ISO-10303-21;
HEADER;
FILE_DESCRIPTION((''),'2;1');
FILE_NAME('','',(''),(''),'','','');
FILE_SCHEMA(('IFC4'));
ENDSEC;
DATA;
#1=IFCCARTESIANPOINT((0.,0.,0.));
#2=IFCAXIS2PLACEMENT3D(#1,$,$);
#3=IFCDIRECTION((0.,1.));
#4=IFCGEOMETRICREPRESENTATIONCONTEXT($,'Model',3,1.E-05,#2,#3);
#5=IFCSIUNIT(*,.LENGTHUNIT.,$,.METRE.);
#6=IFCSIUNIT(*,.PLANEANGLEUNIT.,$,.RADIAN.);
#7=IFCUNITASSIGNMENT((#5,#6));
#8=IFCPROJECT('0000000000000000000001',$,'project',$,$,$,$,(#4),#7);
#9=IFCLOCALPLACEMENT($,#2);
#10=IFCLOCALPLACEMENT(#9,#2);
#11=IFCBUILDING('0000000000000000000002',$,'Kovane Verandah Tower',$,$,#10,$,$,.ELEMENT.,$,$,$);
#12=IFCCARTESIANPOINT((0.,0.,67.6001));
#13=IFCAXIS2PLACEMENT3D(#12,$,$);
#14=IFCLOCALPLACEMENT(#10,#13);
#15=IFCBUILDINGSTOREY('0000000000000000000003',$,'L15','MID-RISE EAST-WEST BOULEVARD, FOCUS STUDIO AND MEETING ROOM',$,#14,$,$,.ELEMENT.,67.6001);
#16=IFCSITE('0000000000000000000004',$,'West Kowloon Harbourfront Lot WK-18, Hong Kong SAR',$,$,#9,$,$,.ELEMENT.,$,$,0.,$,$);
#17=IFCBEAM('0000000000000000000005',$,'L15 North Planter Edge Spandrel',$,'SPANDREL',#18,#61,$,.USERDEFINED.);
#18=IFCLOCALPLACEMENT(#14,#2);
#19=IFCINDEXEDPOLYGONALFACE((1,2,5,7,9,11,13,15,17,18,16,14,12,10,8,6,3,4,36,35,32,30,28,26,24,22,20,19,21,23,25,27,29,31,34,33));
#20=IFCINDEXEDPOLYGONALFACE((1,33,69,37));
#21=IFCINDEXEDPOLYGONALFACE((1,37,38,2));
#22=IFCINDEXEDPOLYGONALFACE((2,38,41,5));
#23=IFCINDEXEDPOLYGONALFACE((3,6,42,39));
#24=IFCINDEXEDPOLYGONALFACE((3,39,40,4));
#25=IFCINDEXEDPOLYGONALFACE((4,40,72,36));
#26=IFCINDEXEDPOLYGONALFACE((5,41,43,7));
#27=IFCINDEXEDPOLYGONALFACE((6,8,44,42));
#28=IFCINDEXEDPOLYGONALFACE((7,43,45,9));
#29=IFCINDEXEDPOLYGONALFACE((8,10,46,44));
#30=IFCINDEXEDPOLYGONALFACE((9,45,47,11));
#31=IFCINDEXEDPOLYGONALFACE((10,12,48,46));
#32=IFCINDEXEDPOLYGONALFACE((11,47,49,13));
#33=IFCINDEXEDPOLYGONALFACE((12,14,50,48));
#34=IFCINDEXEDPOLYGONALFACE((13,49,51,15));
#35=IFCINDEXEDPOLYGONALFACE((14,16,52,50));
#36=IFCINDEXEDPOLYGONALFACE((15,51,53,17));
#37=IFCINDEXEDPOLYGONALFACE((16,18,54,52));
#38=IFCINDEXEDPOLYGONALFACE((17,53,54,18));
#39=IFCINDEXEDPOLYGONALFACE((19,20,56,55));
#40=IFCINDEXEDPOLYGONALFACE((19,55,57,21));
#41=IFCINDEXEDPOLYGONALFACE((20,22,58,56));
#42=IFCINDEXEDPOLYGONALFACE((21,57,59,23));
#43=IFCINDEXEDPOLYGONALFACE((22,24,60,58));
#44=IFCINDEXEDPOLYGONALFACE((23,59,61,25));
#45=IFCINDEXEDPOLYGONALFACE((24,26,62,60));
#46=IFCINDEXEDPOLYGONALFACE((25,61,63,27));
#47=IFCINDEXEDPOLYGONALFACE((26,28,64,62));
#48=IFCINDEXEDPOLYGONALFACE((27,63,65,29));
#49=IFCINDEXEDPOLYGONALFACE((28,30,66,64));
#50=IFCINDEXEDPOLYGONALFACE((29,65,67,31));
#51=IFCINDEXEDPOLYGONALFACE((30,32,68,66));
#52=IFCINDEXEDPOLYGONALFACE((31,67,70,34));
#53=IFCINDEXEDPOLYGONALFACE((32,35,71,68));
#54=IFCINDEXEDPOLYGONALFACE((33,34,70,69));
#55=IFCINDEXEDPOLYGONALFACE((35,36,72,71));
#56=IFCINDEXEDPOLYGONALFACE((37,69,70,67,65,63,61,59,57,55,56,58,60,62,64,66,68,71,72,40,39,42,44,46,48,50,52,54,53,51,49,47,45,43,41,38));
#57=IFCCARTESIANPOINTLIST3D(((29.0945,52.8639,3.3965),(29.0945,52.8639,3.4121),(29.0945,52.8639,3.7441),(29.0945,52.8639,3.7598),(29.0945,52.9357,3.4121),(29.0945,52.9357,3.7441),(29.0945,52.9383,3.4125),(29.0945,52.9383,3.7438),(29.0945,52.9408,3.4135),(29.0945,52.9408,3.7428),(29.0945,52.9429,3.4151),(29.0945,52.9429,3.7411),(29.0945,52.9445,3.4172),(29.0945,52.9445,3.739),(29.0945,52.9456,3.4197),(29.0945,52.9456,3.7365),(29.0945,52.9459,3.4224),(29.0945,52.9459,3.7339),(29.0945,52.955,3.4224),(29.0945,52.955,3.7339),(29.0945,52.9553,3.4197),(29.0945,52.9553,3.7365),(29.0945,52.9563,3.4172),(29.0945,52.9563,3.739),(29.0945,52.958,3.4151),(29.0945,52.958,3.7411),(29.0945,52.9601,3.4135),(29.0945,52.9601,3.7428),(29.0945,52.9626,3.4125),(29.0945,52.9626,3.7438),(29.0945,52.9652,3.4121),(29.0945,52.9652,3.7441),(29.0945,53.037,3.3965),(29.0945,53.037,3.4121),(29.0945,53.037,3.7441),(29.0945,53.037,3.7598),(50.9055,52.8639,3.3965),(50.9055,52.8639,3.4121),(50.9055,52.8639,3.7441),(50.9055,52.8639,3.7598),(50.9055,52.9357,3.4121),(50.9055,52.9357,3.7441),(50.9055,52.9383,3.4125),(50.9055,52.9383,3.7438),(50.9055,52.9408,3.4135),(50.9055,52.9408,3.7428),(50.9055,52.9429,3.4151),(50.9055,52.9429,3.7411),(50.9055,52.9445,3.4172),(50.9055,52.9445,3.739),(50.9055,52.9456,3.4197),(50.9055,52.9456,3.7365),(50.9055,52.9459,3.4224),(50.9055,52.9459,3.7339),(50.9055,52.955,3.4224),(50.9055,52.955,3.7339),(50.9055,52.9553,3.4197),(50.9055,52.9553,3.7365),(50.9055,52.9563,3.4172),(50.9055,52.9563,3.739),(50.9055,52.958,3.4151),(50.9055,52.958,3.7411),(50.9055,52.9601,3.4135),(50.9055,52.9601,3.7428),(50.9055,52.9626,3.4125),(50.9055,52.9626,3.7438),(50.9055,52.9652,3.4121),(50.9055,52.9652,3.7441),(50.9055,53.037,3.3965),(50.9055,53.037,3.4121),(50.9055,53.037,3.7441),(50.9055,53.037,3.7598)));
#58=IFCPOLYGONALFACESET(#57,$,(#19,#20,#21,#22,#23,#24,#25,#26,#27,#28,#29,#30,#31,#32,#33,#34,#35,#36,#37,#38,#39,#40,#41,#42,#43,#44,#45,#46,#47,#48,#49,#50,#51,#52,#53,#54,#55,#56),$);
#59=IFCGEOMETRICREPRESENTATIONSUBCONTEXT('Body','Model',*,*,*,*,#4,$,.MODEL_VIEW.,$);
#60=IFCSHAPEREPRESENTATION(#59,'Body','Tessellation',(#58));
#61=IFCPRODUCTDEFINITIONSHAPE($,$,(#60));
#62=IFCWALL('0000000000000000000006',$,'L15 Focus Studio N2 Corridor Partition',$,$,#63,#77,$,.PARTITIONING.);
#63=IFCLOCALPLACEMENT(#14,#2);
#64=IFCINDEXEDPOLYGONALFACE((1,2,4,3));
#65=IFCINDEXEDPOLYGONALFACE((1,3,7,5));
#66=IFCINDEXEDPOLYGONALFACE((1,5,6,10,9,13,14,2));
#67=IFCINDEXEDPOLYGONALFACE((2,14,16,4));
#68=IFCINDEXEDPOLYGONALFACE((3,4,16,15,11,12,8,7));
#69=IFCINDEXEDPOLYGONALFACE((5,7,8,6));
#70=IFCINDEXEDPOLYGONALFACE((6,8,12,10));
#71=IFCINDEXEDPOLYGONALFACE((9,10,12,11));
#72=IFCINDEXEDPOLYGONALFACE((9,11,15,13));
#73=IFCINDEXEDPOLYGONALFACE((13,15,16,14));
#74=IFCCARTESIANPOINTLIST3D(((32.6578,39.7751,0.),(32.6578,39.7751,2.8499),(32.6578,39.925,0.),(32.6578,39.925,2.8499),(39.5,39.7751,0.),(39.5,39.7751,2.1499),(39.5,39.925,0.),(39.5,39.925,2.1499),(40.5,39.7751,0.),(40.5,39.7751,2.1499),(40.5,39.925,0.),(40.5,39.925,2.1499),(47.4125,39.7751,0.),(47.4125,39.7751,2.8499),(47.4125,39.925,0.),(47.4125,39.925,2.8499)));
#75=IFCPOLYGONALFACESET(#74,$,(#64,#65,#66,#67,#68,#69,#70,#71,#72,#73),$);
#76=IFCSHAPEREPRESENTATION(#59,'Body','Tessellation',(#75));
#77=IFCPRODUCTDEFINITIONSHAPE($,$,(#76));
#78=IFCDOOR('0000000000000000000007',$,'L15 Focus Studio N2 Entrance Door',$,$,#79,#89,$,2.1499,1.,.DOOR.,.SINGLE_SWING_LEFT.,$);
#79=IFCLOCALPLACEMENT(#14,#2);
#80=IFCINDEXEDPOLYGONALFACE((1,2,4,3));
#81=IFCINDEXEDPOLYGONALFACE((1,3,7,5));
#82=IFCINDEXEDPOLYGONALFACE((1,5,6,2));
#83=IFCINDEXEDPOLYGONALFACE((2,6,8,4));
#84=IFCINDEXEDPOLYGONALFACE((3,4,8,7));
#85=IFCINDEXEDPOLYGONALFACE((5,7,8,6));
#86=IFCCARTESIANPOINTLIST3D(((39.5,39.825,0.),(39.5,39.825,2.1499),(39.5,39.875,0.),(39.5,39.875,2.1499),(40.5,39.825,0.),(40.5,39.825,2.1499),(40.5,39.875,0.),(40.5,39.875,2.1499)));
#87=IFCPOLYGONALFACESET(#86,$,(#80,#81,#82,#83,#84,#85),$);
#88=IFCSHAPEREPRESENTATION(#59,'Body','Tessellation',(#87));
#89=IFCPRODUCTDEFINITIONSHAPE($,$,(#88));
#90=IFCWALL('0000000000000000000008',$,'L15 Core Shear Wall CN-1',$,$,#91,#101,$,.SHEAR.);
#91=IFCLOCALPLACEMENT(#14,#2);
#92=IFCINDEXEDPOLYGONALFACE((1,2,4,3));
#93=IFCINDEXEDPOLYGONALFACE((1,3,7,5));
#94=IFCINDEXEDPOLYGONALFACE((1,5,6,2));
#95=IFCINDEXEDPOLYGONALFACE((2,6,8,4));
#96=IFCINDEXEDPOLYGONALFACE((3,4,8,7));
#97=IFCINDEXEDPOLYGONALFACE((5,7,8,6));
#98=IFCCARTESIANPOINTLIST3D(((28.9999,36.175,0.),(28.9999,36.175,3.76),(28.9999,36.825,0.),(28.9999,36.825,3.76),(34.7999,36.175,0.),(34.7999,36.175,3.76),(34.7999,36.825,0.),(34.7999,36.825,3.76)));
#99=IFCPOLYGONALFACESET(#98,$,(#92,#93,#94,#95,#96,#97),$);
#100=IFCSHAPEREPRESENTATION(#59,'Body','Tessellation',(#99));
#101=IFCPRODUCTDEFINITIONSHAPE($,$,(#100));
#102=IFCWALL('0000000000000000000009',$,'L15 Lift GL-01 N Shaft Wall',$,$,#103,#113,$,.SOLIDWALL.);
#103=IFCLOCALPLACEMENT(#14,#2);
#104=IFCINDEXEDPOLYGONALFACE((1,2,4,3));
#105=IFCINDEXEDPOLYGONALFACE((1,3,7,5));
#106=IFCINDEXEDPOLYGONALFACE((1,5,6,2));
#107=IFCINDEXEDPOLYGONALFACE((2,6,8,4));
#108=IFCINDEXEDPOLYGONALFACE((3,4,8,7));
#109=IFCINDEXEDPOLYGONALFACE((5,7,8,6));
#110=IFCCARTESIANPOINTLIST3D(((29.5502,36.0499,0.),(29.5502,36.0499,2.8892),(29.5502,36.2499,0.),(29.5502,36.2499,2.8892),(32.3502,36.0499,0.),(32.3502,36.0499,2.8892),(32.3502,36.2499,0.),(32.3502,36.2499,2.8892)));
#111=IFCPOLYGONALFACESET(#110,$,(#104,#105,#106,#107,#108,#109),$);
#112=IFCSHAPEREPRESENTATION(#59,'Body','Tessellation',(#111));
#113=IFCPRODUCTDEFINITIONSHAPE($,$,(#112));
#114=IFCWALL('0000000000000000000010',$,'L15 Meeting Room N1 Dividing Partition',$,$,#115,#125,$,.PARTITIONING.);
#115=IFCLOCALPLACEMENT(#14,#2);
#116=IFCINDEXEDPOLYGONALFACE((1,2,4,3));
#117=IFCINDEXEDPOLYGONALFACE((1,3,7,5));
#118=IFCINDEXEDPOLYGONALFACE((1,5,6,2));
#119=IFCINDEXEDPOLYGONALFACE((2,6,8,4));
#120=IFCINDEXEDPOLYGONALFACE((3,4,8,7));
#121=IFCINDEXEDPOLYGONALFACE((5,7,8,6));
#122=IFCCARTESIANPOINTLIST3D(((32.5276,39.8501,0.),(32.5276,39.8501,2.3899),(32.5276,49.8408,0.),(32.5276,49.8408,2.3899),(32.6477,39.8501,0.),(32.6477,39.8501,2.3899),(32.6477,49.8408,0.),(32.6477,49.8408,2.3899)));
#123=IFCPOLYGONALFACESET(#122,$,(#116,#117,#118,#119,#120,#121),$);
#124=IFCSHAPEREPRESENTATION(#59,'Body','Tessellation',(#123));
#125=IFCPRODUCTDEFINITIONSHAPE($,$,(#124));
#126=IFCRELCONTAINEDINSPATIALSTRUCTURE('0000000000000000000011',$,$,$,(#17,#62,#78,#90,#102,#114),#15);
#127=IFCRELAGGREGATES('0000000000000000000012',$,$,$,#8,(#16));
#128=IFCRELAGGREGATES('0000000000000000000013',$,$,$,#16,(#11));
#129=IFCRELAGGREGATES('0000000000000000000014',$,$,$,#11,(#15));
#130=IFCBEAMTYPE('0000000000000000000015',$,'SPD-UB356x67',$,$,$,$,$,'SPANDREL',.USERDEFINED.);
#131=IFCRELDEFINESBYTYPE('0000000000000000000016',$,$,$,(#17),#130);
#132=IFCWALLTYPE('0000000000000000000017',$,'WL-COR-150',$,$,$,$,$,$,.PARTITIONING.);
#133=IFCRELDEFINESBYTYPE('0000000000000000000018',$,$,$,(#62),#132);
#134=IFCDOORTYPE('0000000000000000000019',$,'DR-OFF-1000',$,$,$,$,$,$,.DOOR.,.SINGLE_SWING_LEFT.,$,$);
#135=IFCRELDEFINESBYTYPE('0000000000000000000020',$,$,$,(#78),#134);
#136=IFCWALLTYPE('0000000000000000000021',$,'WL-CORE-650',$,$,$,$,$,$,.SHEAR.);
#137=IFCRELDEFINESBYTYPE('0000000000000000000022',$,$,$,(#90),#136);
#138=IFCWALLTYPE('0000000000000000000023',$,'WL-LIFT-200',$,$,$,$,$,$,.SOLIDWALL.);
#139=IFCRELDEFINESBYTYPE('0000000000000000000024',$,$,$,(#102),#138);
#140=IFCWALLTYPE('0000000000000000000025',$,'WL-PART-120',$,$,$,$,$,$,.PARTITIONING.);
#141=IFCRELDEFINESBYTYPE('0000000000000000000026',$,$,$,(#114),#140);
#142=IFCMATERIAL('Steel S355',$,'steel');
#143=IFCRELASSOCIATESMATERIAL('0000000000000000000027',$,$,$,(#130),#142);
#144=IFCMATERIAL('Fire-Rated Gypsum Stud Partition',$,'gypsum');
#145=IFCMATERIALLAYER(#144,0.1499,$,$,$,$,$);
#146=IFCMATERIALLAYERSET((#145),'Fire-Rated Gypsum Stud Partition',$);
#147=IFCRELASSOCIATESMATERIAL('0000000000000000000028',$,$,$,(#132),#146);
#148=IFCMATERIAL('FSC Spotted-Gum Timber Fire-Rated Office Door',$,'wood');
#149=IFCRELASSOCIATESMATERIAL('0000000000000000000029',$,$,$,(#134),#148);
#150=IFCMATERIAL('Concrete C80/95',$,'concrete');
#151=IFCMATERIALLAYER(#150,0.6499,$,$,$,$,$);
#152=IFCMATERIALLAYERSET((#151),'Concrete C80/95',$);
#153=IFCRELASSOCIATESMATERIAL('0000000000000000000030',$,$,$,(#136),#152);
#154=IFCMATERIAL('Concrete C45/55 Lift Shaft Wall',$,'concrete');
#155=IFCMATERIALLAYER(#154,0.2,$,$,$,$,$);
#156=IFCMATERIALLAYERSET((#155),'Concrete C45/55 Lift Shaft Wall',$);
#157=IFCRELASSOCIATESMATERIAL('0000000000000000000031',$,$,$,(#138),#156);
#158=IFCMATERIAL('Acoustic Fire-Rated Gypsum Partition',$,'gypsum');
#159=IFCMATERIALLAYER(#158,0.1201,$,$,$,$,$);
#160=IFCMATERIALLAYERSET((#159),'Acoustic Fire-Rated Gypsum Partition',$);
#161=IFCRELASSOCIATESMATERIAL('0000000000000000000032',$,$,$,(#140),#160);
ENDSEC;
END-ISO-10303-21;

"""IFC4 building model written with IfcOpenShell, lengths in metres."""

from ifc_helpers import new_model, si_unit, direction, frame, frame_2d, origin, origin_2d, place, context, subcontext, project, spatial, rectangle, i_section, extrude, material, layer, layer_set, material_profile, profile_set, type_object, element, fill, save


model = new_model("IFC4")

# Units and contexts
model_context = context("Model", 3, precision=1e-05, world=origin(), true_north=direction((0.0, 1.0)))
body_context = subcontext(model_context, "Body", "Model", "MODEL_VIEW")
ifc_project = project(units=[si_unit("LENGTHUNIT", "METRE"), si_unit("PLANEANGLEUNIT", "RADIAN")], contexts=[model_context])

# Site, building, storey
site_placement = place(None, origin())
site = spatial("IfcSite", under=ifc_project, at=site_placement, Name="West Kowloon Harbourfront Lot WK-18, Hong Kong SAR", CompositionType="ELEMENT", RefElevation=0.0)
building_placement = place(site_placement, origin())
building = spatial("IfcBuilding", under=site, at=building_placement, Name="Kovane Verandah Tower", CompositionType="ELEMENT")
storey_placement = place(building_placement, frame((0.0, 0.0, 67.6001)))
storey = spatial("IfcBuildingStorey", under=building, at=storey_placement, Name="L15", Description="MID-RISE EAST-WEST BOULEVARD, FOCUS STUDIO AND MEETING ROOM", CompositionType="ELEMENT", Elevation=67.6001)

# Shared definitions
ifc_material_1 = material(Name="Concrete C80/95", Category="concrete")

# Beam
ifc_material_2 = material(Name="Steel S355", Category="steel")
ifc_material_profile_1 = material_profile(ifc_material_2, i_section(OverallWidth=0.1731, OverallDepth=0.3633, WebThickness=0.009, FlangeThickness=0.0156, FilletRadius=0.0103, at=origin_2d()), Name="UB356x171x67")
ifc_profile_set_1 = profile_set([ifc_material_profile_1], Name="Steel S355")
beam_type_1 = type_object("IfcBeamType", Name="SPD-UB356x67", ElementType="SPANDREL", PredefinedType="USERDEFINED", material=ifc_profile_set_1)
beam_1_placement = place(storey_placement, frame((29.0945, 52.9504, 3.5781), z_axis=(1.0, 0.0, 0.0), x_axis=(0.0, 1.0, 0.0)))
element("IfcBeam", 1, at=beam_1_placement, inside=storey, type_object=beam_type_1, Name="L15 North Planter Edge Spandrel", ObjectType="SPANDREL", PredefinedType="USERDEFINED", context=body_context, shape_type="SweptSolid", body=[
    extrude(i_section(OverallWidth=0.1731, OverallDepth=0.3633, WebThickness=0.009, FlangeThickness=0.0156, FilletRadius=0.0103, at=origin_2d()), origin(), (0.0, 0.0, 1.0), 21.811),
])

# Wall, opening, door
ifc_material_3 = material(Name="Fire-Rated Gypsum Stud Partition", Category="gypsum")
ifc_layer_1 = layer(ifc_material_3, 0.1499)
ifc_layer_set_1 = layer_set([ifc_layer_1], Name="Fire-Rated Gypsum Stud Partition")
wall_type_1 = type_object("IfcWallType", Name="WL-COR-150", PredefinedType="PARTITIONING", material=ifc_layer_set_1)
wall_1_placement = place(storey_placement, frame((32.6577, 39.8501, 0.0), z_axis=(0.0, 0.0, 1.0), x_axis=(1.0, 0.0, 0.0)))
wall_1 = element("IfcWall", 2, at=wall_1_placement, inside=storey, type_object=wall_type_1, Name="L15 Focus Studio N2 Corridor Partition", PredefinedType="PARTITIONING", context=body_context, shape_type="SweptSolid", body=[
    extrude(rectangle(XDim=14.7546, YDim=0.1499, at=frame_2d((7.3774, 0.0))), origin(), (0.0, 0.0, 1.0), 2.8499),
])
opening_placement = place(wall_1_placement, frame((6.8423, 0.0, 0.0)))
opening = element("IfcOpeningElement", 3, at=opening_placement, cuts=wall_1, PredefinedType="OPENING", context=body_context, shape_type="SweptSolid", body=[
    extrude(rectangle(XDim=1.0, YDim=2.1499, at=frame_2d((0.5, 1.075))), frame((0.0, 0.075, 0.0), z_axis=(0.0, -1.0, 0.0), x_axis=(1.0, 0.0, 0.0)), (0.0, 0.0, 1.0), 0.1499),
])
ifc_material_4 = material(Name="FSC Spotted-Gum Timber Fire-Rated Office Door", Category="wood")
door_type = type_object("IfcDoorType", Name="DR-OFF-1000", OperationType="SINGLE_SWING_LEFT", PredefinedType="DOOR", material=ifc_material_4)
door_placement = place(opening_placement, origin())
door = element("IfcDoor", 4, at=door_placement, inside=storey, type_object=door_type, Name="L15 Focus Studio N2 Entrance Door", OperationType="SINGLE_SWING_LEFT", OverallHeight=2.1499, OverallWidth=1.0, PredefinedType="DOOR", context=body_context, shape_type="SweptSolid", body=[
    extrude(rectangle(XDim=1.0, YDim=2.1499, at=frame_2d((0.5, 1.075))), frame((0.0, 0.0249, 0.0), z_axis=(0.0, -1.0, 0.0), x_axis=(1.0, 0.0, 0.0)), (0.0, 0.0, 1.0), 0.05),
])
fill(opening, door)

# Walls
ifc_layer_2 = layer(ifc_material_1, 0.6499)
ifc_layer_set_2 = layer_set([ifc_layer_2], Name="Concrete C80/95")
wall_type_2 = type_object("IfcWallType", Name="WL-CORE-650", PredefinedType="SHEAR", material=ifc_layer_set_2)
wall_2_placement = place(storey_placement, frame((29.0, 36.5, 0.0), z_axis=(0.0, 0.0, 1.0), x_axis=(1.0, 0.0, 0.0)))
element("IfcWall", 5, at=wall_2_placement, inside=storey, type_object=wall_type_2, Name="L15 Core Shear Wall CN-1", PredefinedType="SHEAR", context=body_context, shape_type="SweptSolid", body=[
    extrude(rectangle(XDim=5.8, YDim=0.6499, at=frame_2d((2.8999, 0.0))), origin(), (0.0, 0.0, 1.0), 3.76),
])
ifc_material_5 = material(Name="Concrete C45/55 Lift Shaft Wall", Category="concrete")
ifc_layer_3 = layer(ifc_material_5, 0.2)
ifc_layer_set_3 = layer_set([ifc_layer_3], Name="Concrete C45/55 Lift Shaft Wall")
wall_type_3 = type_object("IfcWallType", Name="WL-LIFT-200", PredefinedType="SOLIDWALL", material=ifc_layer_set_3)
wall_3_placement = place(storey_placement, frame((32.3501, 36.1499, 0.0), z_axis=(0.0, 0.0, 1.0), x_axis=(-1.0, 0.0, 0.0)))
element("IfcWall", 6, at=wall_3_placement, inside=storey, type_object=wall_type_3, Name="L15 Lift GL-01 N Shaft Wall", PredefinedType="SOLIDWALL", context=body_context, shape_type="SweptSolid", body=[
    extrude(rectangle(XDim=2.8, YDim=0.2, at=frame_2d((1.3999, 0.0))), origin(), (0.0, 0.0, 1.0), 2.8892),
])
ifc_material_6 = material(Name="Acoustic Fire-Rated Gypsum Partition", Category="gypsum")
ifc_layer_4 = layer(ifc_material_6, 0.1201)
ifc_layer_set_4 = layer_set([ifc_layer_4], Name="Acoustic Fire-Rated Gypsum Partition")
wall_type_4 = type_object("IfcWallType", Name="WL-PART-120", PredefinedType="PARTITIONING", material=ifc_layer_set_4)
wall_4_placement = place(storey_placement, frame((32.5876, 39.8501, 0.0), z_axis=(0.0, 0.0, 1.0), x_axis=(0.0, 1.0, 0.0)))
element("IfcWall", 7, at=wall_4_placement, inside=storey, type_object=wall_type_4, Name="L15 Meeting Room N1 Dividing Partition", PredefinedType="PARTITIONING", context=body_context, shape_type="SweptSolid", body=[
    extrude(rectangle(XDim=9.9907, YDim=0.1201, at=frame_2d((4.9954, 0.0))), origin(), (0.0, 0.0, 1.0), 2.3899),
])

save(model, "model.ifc")
